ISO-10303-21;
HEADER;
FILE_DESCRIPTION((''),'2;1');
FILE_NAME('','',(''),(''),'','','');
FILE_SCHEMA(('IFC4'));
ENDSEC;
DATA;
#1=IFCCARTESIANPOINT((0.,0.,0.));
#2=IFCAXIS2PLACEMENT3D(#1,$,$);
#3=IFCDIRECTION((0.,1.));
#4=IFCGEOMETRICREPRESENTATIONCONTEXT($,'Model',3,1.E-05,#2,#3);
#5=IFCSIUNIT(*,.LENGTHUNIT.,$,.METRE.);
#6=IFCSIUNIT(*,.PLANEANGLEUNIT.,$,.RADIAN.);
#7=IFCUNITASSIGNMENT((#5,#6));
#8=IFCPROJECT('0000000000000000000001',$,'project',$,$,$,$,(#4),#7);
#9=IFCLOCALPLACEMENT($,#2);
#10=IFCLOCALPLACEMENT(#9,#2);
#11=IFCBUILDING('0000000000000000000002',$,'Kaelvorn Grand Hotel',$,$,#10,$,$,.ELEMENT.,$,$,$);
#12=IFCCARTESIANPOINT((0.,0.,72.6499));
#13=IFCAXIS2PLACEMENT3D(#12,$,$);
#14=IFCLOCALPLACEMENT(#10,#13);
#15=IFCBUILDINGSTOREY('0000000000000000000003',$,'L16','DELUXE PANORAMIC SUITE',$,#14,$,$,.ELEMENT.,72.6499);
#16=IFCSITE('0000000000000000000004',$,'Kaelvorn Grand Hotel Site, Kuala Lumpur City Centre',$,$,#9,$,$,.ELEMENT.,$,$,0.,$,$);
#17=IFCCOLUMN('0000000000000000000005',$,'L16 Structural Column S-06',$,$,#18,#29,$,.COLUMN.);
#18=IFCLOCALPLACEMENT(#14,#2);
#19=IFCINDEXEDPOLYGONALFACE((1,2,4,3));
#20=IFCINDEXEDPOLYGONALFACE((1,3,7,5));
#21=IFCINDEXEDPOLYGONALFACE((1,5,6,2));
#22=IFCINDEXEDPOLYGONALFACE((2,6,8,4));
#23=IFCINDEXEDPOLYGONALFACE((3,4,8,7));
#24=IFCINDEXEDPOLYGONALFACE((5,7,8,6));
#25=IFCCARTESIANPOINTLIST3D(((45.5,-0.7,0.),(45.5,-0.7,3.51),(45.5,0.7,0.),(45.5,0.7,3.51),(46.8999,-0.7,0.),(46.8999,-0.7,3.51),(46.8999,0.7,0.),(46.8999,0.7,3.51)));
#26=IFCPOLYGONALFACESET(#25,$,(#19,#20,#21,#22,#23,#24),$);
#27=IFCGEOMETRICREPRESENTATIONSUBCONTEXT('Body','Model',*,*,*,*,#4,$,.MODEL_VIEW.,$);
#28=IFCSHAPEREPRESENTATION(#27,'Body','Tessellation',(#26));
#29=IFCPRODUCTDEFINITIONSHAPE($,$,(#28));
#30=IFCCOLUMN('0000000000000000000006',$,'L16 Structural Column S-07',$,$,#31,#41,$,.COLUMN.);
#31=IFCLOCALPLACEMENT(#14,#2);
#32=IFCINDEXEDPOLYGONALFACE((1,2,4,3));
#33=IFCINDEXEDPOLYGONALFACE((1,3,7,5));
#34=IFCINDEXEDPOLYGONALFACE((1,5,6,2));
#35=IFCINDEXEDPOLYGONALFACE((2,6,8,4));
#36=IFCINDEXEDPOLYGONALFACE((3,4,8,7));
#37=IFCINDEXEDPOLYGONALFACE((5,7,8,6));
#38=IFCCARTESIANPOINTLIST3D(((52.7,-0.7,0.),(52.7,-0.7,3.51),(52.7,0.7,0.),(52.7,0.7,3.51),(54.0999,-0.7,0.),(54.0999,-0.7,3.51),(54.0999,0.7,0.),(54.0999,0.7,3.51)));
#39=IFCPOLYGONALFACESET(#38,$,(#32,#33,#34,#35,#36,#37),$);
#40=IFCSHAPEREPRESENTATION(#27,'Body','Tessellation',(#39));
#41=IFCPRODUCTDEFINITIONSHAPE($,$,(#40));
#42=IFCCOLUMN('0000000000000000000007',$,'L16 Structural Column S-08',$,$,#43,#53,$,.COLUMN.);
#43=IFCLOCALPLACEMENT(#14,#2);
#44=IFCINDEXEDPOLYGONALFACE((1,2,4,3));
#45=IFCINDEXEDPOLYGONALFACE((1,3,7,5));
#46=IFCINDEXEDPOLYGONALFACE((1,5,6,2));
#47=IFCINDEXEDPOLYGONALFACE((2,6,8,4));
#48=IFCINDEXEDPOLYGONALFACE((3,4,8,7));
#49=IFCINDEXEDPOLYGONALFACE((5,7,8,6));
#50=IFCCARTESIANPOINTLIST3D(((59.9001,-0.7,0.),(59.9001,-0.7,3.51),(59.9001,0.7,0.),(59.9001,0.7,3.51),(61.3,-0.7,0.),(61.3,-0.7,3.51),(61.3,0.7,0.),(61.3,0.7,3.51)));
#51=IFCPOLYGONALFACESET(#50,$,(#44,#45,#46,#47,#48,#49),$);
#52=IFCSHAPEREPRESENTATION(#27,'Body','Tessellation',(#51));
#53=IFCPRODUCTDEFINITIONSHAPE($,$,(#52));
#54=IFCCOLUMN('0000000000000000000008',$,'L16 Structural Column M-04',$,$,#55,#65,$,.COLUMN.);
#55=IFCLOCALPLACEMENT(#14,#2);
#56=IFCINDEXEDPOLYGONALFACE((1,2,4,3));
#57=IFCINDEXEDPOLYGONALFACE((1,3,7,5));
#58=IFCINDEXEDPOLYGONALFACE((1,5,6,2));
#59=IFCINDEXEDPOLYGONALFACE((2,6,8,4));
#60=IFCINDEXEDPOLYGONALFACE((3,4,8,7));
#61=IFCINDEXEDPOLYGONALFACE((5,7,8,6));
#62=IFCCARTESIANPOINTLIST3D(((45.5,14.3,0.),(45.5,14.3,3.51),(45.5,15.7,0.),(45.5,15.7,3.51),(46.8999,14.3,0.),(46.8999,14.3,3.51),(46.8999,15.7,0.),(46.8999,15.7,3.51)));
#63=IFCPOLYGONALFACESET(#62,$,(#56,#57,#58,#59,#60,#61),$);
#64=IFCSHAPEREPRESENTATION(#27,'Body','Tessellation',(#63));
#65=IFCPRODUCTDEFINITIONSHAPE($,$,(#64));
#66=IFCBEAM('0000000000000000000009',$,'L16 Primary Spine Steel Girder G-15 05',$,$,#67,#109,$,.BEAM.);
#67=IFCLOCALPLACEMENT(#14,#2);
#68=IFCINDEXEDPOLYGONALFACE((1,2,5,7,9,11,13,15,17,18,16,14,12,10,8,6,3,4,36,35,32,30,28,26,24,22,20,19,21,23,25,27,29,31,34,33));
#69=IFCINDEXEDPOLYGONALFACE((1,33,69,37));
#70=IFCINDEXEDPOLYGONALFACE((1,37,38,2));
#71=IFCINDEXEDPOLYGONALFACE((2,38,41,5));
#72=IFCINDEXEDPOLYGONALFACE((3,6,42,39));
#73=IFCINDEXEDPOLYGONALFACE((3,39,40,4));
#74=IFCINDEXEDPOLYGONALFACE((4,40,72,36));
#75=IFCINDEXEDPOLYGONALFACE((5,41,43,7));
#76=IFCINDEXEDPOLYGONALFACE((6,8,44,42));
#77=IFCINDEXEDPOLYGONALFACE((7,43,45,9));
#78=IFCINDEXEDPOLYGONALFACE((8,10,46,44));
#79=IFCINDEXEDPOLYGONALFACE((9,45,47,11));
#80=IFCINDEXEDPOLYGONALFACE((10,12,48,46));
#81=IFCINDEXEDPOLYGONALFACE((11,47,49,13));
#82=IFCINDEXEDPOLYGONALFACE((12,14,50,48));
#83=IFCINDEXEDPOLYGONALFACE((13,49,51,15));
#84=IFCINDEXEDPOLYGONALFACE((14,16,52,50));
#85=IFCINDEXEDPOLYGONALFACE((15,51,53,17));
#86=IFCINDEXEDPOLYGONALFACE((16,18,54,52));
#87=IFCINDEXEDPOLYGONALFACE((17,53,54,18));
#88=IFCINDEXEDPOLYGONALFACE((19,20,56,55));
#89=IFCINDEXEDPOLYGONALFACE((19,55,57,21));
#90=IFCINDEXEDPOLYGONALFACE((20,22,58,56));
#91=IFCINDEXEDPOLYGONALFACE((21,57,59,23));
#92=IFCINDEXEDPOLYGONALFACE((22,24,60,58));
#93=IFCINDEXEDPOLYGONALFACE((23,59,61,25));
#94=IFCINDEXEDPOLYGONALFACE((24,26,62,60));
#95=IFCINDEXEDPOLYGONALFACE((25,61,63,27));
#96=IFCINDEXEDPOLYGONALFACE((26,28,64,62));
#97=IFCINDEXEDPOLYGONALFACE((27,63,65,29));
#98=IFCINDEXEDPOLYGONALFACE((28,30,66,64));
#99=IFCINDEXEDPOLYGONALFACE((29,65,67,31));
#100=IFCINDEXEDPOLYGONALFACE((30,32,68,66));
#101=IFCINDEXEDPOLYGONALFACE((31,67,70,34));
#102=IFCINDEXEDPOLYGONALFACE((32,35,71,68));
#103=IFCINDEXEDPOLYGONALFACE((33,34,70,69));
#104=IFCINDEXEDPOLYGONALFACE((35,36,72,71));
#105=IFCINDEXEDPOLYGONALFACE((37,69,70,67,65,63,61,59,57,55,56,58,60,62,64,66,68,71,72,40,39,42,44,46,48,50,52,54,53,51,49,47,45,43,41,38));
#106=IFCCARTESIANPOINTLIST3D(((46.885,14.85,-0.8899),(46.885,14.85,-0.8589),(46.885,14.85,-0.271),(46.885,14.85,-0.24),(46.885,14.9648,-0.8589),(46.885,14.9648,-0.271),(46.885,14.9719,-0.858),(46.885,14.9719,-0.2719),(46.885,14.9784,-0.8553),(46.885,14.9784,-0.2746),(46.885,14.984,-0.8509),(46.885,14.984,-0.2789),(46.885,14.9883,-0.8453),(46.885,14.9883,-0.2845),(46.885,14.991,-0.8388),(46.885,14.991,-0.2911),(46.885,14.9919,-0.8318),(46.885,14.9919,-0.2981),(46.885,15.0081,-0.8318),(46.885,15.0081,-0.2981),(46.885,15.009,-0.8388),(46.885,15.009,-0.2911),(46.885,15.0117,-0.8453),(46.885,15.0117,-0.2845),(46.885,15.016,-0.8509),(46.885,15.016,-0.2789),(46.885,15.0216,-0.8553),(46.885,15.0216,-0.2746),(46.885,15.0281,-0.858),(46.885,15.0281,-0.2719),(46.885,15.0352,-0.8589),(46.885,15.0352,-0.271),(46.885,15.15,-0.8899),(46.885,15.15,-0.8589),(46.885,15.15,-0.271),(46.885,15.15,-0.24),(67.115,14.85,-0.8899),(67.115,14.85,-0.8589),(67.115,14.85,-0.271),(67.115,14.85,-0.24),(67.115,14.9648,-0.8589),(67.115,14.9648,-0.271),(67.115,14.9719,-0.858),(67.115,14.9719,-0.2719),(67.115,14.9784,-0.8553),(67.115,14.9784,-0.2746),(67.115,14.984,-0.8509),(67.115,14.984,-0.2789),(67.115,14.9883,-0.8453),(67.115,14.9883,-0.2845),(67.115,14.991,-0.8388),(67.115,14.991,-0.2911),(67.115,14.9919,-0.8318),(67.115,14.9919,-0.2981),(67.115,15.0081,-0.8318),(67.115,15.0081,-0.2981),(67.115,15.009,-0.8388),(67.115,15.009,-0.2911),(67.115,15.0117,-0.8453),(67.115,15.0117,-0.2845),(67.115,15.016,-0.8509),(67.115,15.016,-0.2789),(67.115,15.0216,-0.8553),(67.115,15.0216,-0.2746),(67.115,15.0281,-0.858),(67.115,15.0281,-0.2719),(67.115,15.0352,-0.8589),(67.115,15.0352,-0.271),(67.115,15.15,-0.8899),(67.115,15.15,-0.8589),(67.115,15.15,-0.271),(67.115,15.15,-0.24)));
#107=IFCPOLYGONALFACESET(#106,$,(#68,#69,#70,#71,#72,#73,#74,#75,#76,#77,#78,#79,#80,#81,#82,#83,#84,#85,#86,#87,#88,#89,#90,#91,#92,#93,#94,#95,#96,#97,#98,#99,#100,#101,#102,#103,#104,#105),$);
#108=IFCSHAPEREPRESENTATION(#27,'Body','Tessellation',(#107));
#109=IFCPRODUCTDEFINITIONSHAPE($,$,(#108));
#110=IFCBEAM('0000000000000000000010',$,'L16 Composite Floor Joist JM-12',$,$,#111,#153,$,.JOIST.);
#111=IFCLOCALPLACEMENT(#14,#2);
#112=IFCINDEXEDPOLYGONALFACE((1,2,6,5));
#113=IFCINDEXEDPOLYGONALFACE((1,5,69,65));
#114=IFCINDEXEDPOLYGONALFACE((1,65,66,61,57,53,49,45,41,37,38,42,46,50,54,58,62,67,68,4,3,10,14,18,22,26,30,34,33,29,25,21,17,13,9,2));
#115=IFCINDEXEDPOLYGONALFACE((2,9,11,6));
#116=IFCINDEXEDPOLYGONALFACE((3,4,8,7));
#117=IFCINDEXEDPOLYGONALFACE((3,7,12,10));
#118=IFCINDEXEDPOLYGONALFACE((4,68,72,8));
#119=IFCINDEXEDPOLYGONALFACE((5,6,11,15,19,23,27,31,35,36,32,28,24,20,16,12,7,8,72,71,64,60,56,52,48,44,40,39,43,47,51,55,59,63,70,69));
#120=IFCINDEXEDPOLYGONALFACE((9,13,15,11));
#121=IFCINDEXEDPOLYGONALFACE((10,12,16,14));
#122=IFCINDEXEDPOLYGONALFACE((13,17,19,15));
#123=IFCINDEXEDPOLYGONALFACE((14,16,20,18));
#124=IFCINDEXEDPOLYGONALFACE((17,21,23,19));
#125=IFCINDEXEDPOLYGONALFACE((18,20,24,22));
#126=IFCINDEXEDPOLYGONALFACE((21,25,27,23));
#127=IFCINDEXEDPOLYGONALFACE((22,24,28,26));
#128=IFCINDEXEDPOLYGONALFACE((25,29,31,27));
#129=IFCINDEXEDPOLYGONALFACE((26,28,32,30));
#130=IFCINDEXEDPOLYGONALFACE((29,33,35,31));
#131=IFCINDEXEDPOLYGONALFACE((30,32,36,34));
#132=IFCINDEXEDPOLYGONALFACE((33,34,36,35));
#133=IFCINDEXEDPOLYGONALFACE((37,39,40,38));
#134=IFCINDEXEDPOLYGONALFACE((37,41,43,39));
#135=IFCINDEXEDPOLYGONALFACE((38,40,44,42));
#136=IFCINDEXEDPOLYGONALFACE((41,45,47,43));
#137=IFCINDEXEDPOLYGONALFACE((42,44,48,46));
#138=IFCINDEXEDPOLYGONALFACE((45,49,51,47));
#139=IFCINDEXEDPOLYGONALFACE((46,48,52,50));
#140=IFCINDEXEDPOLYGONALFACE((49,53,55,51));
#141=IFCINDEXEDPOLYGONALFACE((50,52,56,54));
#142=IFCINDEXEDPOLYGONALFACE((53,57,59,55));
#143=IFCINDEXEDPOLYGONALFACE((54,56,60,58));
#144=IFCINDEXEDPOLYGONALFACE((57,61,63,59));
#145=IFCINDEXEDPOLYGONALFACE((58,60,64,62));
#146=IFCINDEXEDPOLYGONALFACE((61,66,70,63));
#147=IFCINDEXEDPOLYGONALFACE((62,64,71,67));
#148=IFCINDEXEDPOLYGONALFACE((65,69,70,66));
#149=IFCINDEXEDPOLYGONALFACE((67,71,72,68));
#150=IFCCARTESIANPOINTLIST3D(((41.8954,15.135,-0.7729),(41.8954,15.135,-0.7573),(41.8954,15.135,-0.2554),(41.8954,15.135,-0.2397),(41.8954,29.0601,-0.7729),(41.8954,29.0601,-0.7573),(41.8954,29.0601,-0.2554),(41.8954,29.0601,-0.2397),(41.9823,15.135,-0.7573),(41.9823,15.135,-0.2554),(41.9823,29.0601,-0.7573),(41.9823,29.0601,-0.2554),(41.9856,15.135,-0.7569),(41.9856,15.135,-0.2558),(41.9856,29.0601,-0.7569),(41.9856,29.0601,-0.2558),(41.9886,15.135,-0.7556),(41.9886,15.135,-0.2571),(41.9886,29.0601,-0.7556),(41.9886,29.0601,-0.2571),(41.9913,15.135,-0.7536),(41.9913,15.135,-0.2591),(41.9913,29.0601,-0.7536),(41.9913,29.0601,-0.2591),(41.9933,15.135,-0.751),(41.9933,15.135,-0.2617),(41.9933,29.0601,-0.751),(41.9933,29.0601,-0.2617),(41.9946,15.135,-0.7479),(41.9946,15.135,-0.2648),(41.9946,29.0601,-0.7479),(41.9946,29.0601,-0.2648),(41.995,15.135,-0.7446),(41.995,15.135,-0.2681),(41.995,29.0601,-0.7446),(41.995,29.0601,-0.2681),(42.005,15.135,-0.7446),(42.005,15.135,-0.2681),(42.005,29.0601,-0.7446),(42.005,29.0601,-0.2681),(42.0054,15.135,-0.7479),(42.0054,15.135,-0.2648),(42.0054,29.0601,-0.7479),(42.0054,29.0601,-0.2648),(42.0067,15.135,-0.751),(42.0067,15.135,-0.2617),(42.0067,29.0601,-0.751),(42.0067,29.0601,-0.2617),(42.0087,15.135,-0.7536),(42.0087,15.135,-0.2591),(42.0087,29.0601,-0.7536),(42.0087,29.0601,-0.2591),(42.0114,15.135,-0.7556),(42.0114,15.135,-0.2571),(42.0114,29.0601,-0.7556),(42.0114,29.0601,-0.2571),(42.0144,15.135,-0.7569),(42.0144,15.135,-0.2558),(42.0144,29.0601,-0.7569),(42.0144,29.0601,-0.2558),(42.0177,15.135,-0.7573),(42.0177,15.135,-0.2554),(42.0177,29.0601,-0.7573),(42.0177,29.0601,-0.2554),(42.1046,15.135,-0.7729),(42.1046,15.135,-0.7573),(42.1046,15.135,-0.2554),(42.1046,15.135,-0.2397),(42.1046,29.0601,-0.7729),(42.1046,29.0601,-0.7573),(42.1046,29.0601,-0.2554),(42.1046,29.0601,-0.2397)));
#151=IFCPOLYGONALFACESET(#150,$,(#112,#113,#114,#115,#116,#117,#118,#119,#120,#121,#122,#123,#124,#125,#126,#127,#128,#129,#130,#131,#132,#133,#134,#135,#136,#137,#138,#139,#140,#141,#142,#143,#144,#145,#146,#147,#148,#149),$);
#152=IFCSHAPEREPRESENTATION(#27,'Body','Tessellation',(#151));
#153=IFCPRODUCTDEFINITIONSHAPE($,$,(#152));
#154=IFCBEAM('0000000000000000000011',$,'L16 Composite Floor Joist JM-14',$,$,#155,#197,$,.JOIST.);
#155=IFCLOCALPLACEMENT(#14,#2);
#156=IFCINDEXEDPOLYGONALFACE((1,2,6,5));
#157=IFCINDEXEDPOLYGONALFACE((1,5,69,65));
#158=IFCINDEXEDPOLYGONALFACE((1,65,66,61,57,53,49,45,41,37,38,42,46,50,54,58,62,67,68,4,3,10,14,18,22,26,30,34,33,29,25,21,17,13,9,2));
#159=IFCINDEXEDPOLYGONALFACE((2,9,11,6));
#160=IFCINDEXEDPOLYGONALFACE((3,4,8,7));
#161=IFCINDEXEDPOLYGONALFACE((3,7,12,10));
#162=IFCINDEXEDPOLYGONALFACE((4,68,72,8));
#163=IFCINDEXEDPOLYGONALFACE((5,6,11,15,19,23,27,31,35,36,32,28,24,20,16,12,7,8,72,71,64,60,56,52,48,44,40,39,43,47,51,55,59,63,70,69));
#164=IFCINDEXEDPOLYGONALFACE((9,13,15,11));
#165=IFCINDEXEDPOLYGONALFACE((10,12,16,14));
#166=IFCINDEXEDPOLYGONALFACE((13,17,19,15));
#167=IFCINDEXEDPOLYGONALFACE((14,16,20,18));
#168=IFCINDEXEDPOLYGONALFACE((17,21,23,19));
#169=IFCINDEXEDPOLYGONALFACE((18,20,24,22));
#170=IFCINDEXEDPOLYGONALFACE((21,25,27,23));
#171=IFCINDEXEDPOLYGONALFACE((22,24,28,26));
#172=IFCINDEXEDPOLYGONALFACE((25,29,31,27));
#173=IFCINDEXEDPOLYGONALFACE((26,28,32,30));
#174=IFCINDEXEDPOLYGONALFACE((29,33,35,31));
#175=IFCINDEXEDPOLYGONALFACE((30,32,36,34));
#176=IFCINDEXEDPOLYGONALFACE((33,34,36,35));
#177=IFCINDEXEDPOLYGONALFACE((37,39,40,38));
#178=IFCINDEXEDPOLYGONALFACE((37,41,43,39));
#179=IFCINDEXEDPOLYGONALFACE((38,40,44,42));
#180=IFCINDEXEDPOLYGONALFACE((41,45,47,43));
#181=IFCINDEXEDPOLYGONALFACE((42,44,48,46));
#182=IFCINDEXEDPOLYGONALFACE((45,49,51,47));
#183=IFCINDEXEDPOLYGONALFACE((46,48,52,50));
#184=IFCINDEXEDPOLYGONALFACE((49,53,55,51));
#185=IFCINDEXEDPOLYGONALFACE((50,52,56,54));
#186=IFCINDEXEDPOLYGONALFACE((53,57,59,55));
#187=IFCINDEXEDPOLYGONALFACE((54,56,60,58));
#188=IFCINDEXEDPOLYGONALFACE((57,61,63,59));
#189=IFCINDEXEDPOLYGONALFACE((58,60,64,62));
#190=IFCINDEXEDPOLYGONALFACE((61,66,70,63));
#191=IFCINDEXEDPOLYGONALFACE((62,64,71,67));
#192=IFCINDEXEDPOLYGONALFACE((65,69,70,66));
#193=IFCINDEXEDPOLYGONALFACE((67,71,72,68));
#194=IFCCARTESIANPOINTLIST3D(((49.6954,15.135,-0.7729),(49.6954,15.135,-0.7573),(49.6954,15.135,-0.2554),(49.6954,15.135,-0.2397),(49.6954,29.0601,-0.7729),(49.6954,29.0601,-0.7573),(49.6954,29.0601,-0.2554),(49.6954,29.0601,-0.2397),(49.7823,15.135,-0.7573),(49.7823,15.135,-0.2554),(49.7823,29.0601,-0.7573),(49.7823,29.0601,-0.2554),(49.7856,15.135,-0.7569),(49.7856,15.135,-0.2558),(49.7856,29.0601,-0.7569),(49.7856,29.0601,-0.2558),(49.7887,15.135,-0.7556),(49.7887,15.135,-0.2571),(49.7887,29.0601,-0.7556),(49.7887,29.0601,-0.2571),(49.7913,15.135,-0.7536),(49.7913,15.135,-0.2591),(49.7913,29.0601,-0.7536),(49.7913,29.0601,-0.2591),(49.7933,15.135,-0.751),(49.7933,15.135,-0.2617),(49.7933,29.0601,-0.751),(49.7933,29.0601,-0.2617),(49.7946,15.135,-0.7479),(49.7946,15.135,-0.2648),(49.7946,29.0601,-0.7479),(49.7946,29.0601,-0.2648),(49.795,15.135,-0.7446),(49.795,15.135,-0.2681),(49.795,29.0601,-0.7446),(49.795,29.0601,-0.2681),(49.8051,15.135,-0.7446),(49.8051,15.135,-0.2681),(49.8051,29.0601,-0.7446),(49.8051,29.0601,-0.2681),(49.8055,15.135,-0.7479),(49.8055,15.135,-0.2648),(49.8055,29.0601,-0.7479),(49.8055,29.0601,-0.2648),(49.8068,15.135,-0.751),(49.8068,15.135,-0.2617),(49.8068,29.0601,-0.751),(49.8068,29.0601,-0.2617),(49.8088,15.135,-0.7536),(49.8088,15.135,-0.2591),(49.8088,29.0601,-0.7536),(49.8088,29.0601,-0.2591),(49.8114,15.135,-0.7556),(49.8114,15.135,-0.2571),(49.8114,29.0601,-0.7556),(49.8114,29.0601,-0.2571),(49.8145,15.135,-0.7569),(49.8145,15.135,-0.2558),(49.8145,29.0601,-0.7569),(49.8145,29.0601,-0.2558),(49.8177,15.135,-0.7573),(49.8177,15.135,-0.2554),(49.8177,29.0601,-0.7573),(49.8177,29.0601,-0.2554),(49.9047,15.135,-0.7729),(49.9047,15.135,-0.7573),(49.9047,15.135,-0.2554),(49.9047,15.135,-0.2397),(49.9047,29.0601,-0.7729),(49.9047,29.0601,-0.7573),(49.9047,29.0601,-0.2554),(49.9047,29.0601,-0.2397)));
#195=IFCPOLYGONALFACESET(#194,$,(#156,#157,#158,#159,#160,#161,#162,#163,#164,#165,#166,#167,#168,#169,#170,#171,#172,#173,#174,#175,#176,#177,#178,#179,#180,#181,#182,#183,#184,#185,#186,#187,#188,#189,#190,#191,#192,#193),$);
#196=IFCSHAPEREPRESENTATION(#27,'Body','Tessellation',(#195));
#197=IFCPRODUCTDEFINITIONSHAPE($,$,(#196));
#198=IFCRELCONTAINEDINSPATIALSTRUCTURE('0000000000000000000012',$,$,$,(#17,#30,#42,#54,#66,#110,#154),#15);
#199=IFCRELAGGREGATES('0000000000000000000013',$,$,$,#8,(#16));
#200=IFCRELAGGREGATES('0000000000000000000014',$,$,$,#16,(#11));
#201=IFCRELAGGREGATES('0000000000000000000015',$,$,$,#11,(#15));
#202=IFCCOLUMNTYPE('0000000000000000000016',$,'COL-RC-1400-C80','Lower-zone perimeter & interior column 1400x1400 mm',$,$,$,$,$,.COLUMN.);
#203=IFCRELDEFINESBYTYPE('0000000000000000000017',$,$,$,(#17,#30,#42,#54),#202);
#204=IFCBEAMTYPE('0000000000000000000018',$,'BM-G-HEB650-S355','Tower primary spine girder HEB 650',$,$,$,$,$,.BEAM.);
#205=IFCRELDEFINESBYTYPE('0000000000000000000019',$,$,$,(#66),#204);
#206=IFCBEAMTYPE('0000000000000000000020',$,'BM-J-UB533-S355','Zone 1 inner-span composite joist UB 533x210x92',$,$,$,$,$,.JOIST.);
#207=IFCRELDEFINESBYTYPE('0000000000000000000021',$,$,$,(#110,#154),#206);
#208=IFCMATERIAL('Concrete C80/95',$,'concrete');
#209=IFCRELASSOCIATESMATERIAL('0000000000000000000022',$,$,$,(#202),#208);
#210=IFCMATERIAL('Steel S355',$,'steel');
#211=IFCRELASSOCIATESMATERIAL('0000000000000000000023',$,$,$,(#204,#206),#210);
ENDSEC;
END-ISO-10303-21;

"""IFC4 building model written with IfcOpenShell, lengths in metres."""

from ifc_helpers import new_model, si_unit, direction, frame, origin, origin_2d, place, context, subcontext, project, spatial, rectangle, i_section, extrude, material, material_profile, profile_set, type_object, element, save


model = new_model("IFC4")

# Units and contexts
model_context = context("Model", 3, precision=1e-05, world=origin(), true_north=direction((0.0, 1.0)))
body_context = subcontext(model_context, "Body", "Model", "MODEL_VIEW")
ifc_project = project(units=[si_unit("LENGTHUNIT", "METRE"), si_unit("PLANEANGLEUNIT", "RADIAN")], contexts=[model_context])

# Site, building, storey
site_placement = place(None, origin())
site = spatial("IfcSite", under=ifc_project, at=site_placement, Name="Kaelvorn Grand Hotel Site, Kuala Lumpur City Centre", CompositionType="ELEMENT", RefElevation=0.0)
building_placement = place(site_placement, origin())
building = spatial("IfcBuilding", under=site, at=building_placement, Name="Kaelvorn Grand Hotel", CompositionType="ELEMENT")
storey_placement = place(building_placement, frame((0.0, 0.0, 72.6499)))
storey = spatial("IfcBuildingStorey", under=building, at=storey_placement, Name="L16", Description="DELUXE PANORAMIC SUITE", CompositionType="ELEMENT", Elevation=72.6499)

# Columns
ifc_material_1 = material(Name="Concrete C80/95", Category="concrete")
ifc_material_profile_1 = material_profile(ifc_material_1, rectangle(XDim=1.3999, YDim=1.3999, at=origin_2d()), Name="RC COL 1400x1400")
ifc_profile_set_1 = profile_set([ifc_material_profile_1], Name="Concrete C80/95")
column_type = type_object("IfcColumnType", Name="COL-RC-1400-C80", Description="Lower-zone perimeter & interior column 1400x1400 mm", PredefinedType="COLUMN", material=ifc_profile_set_1)
for number, where, z_axis, x_axis, name in (
    (1, (46.2, 0.0, 0.0), (0.0, 0.0, 1.0), (1.0, 0.0, 0.0), "L16 Structural Column S-06"),
    (2, (53.3999, 0.0, 0.0), (0.0, 0.0, 1.0), (1.0, 0.0, 0.0), "L16 Structural Column S-07"),
    (3, (60.6001, 0.0, 0.0), (0.0, 0.0, 1.0), (1.0, 0.0, 0.0), "L16 Structural Column S-08"),
    (4, (46.2, 15.0, 0.0), (0.0, 0.0, 1.0), (1.0, 0.0, 0.0), "L16 Structural Column M-04"),
):
    element("IfcColumn", number, at=place(storey_placement, frame(where, z_axis=z_axis, x_axis=x_axis)), inside=storey, type_object=column_type, Name=name, PredefinedType="COLUMN", context=body_context, shape_type="SweptSolid", body=[
        extrude(rectangle(XDim=1.3999, YDim=1.3999, at=origin_2d()), origin(), (0.0, 0.0, 1.0), 3.51),
    ])

# Beams
ifc_material_2 = material(Name="Steel S355", Category="steel")
ifc_material_profile_2 = material_profile(ifc_material_2, i_section(OverallWidth=0.3, OverallDepth=0.6499, WebThickness=0.0161, FlangeThickness=0.031, FilletRadius=0.0271, at=origin_2d()), Name="HEB 650")
ifc_profile_set_2 = profile_set([ifc_material_profile_2], Name="Steel S355")
beam_type_1 = type_object("IfcBeamType", Name="BM-G-HEB650-S355", Description="Tower primary spine girder HEB 650", PredefinedType="BEAM", material=ifc_profile_set_2)
beam_1_placement = place(storey_placement, frame((46.885, 15.0, -0.5649), z_axis=(1.0, 0.0, 0.0), x_axis=(0.0, 1.0, 0.0)))
element("IfcBeam", 5, at=beam_1_placement, inside=storey, type_object=beam_type_1, Name="L16 Primary Spine Steel Girder G-15 05", PredefinedType="BEAM", context=body_context, shape_type="SweptSolid", body=[
    extrude(i_section(OverallWidth=0.3, OverallDepth=0.6499, WebThickness=0.0161, FlangeThickness=0.031, FilletRadius=0.0271, at=origin_2d()), origin(), (0.0, 0.0, 1.0), 20.23),
])
ifc_material_profile_3 = material_profile(ifc_material_2, i_section(OverallWidth=0.2092, OverallDepth=0.5332, WebThickness=0.01, FlangeThickness=0.0156, FilletRadius=0.0127, at=origin_2d()), Name="UB 533x210x92")
ifc_profile_set_3 = profile_set([ifc_material_profile_3], Name="Steel S355")
beam_type_2 = type_object("IfcBeamType", Name="BM-J-UB533-S355", Description="Zone 1 inner-span composite joist UB 533x210x92", PredefinedType="JOIST", material=ifc_profile_set_3)
for number, where, z_axis, x_axis, name in (
    (6, (42.0, 15.135, -0.5063), (0.0, 1.0, 0.0), (-1.0, 0.0, 0.0), "L16 Composite Floor Joist JM-12"),
    (7, (49.8, 15.135, -0.5063), (0.0, 1.0, 0.0), (-1.0, 0.0, 0.0), "L16 Composite Floor Joist JM-14"),
):
    element("IfcBeam", number, at=place(storey_placement, frame(where, z_axis=z_axis, x_axis=x_axis)), inside=storey, type_object=beam_type_2, Name=name, PredefinedType="JOIST", context=body_context, shape_type="SweptSolid", body=[
        extrude(i_section(OverallWidth=0.2092, OverallDepth=0.5332, WebThickness=0.01, FlangeThickness=0.0156, FilletRadius=0.0127, at=origin_2d()), origin(), (0.0, 0.0, 1.0), 13.925),
    ])

save(model, "model.ifc")
